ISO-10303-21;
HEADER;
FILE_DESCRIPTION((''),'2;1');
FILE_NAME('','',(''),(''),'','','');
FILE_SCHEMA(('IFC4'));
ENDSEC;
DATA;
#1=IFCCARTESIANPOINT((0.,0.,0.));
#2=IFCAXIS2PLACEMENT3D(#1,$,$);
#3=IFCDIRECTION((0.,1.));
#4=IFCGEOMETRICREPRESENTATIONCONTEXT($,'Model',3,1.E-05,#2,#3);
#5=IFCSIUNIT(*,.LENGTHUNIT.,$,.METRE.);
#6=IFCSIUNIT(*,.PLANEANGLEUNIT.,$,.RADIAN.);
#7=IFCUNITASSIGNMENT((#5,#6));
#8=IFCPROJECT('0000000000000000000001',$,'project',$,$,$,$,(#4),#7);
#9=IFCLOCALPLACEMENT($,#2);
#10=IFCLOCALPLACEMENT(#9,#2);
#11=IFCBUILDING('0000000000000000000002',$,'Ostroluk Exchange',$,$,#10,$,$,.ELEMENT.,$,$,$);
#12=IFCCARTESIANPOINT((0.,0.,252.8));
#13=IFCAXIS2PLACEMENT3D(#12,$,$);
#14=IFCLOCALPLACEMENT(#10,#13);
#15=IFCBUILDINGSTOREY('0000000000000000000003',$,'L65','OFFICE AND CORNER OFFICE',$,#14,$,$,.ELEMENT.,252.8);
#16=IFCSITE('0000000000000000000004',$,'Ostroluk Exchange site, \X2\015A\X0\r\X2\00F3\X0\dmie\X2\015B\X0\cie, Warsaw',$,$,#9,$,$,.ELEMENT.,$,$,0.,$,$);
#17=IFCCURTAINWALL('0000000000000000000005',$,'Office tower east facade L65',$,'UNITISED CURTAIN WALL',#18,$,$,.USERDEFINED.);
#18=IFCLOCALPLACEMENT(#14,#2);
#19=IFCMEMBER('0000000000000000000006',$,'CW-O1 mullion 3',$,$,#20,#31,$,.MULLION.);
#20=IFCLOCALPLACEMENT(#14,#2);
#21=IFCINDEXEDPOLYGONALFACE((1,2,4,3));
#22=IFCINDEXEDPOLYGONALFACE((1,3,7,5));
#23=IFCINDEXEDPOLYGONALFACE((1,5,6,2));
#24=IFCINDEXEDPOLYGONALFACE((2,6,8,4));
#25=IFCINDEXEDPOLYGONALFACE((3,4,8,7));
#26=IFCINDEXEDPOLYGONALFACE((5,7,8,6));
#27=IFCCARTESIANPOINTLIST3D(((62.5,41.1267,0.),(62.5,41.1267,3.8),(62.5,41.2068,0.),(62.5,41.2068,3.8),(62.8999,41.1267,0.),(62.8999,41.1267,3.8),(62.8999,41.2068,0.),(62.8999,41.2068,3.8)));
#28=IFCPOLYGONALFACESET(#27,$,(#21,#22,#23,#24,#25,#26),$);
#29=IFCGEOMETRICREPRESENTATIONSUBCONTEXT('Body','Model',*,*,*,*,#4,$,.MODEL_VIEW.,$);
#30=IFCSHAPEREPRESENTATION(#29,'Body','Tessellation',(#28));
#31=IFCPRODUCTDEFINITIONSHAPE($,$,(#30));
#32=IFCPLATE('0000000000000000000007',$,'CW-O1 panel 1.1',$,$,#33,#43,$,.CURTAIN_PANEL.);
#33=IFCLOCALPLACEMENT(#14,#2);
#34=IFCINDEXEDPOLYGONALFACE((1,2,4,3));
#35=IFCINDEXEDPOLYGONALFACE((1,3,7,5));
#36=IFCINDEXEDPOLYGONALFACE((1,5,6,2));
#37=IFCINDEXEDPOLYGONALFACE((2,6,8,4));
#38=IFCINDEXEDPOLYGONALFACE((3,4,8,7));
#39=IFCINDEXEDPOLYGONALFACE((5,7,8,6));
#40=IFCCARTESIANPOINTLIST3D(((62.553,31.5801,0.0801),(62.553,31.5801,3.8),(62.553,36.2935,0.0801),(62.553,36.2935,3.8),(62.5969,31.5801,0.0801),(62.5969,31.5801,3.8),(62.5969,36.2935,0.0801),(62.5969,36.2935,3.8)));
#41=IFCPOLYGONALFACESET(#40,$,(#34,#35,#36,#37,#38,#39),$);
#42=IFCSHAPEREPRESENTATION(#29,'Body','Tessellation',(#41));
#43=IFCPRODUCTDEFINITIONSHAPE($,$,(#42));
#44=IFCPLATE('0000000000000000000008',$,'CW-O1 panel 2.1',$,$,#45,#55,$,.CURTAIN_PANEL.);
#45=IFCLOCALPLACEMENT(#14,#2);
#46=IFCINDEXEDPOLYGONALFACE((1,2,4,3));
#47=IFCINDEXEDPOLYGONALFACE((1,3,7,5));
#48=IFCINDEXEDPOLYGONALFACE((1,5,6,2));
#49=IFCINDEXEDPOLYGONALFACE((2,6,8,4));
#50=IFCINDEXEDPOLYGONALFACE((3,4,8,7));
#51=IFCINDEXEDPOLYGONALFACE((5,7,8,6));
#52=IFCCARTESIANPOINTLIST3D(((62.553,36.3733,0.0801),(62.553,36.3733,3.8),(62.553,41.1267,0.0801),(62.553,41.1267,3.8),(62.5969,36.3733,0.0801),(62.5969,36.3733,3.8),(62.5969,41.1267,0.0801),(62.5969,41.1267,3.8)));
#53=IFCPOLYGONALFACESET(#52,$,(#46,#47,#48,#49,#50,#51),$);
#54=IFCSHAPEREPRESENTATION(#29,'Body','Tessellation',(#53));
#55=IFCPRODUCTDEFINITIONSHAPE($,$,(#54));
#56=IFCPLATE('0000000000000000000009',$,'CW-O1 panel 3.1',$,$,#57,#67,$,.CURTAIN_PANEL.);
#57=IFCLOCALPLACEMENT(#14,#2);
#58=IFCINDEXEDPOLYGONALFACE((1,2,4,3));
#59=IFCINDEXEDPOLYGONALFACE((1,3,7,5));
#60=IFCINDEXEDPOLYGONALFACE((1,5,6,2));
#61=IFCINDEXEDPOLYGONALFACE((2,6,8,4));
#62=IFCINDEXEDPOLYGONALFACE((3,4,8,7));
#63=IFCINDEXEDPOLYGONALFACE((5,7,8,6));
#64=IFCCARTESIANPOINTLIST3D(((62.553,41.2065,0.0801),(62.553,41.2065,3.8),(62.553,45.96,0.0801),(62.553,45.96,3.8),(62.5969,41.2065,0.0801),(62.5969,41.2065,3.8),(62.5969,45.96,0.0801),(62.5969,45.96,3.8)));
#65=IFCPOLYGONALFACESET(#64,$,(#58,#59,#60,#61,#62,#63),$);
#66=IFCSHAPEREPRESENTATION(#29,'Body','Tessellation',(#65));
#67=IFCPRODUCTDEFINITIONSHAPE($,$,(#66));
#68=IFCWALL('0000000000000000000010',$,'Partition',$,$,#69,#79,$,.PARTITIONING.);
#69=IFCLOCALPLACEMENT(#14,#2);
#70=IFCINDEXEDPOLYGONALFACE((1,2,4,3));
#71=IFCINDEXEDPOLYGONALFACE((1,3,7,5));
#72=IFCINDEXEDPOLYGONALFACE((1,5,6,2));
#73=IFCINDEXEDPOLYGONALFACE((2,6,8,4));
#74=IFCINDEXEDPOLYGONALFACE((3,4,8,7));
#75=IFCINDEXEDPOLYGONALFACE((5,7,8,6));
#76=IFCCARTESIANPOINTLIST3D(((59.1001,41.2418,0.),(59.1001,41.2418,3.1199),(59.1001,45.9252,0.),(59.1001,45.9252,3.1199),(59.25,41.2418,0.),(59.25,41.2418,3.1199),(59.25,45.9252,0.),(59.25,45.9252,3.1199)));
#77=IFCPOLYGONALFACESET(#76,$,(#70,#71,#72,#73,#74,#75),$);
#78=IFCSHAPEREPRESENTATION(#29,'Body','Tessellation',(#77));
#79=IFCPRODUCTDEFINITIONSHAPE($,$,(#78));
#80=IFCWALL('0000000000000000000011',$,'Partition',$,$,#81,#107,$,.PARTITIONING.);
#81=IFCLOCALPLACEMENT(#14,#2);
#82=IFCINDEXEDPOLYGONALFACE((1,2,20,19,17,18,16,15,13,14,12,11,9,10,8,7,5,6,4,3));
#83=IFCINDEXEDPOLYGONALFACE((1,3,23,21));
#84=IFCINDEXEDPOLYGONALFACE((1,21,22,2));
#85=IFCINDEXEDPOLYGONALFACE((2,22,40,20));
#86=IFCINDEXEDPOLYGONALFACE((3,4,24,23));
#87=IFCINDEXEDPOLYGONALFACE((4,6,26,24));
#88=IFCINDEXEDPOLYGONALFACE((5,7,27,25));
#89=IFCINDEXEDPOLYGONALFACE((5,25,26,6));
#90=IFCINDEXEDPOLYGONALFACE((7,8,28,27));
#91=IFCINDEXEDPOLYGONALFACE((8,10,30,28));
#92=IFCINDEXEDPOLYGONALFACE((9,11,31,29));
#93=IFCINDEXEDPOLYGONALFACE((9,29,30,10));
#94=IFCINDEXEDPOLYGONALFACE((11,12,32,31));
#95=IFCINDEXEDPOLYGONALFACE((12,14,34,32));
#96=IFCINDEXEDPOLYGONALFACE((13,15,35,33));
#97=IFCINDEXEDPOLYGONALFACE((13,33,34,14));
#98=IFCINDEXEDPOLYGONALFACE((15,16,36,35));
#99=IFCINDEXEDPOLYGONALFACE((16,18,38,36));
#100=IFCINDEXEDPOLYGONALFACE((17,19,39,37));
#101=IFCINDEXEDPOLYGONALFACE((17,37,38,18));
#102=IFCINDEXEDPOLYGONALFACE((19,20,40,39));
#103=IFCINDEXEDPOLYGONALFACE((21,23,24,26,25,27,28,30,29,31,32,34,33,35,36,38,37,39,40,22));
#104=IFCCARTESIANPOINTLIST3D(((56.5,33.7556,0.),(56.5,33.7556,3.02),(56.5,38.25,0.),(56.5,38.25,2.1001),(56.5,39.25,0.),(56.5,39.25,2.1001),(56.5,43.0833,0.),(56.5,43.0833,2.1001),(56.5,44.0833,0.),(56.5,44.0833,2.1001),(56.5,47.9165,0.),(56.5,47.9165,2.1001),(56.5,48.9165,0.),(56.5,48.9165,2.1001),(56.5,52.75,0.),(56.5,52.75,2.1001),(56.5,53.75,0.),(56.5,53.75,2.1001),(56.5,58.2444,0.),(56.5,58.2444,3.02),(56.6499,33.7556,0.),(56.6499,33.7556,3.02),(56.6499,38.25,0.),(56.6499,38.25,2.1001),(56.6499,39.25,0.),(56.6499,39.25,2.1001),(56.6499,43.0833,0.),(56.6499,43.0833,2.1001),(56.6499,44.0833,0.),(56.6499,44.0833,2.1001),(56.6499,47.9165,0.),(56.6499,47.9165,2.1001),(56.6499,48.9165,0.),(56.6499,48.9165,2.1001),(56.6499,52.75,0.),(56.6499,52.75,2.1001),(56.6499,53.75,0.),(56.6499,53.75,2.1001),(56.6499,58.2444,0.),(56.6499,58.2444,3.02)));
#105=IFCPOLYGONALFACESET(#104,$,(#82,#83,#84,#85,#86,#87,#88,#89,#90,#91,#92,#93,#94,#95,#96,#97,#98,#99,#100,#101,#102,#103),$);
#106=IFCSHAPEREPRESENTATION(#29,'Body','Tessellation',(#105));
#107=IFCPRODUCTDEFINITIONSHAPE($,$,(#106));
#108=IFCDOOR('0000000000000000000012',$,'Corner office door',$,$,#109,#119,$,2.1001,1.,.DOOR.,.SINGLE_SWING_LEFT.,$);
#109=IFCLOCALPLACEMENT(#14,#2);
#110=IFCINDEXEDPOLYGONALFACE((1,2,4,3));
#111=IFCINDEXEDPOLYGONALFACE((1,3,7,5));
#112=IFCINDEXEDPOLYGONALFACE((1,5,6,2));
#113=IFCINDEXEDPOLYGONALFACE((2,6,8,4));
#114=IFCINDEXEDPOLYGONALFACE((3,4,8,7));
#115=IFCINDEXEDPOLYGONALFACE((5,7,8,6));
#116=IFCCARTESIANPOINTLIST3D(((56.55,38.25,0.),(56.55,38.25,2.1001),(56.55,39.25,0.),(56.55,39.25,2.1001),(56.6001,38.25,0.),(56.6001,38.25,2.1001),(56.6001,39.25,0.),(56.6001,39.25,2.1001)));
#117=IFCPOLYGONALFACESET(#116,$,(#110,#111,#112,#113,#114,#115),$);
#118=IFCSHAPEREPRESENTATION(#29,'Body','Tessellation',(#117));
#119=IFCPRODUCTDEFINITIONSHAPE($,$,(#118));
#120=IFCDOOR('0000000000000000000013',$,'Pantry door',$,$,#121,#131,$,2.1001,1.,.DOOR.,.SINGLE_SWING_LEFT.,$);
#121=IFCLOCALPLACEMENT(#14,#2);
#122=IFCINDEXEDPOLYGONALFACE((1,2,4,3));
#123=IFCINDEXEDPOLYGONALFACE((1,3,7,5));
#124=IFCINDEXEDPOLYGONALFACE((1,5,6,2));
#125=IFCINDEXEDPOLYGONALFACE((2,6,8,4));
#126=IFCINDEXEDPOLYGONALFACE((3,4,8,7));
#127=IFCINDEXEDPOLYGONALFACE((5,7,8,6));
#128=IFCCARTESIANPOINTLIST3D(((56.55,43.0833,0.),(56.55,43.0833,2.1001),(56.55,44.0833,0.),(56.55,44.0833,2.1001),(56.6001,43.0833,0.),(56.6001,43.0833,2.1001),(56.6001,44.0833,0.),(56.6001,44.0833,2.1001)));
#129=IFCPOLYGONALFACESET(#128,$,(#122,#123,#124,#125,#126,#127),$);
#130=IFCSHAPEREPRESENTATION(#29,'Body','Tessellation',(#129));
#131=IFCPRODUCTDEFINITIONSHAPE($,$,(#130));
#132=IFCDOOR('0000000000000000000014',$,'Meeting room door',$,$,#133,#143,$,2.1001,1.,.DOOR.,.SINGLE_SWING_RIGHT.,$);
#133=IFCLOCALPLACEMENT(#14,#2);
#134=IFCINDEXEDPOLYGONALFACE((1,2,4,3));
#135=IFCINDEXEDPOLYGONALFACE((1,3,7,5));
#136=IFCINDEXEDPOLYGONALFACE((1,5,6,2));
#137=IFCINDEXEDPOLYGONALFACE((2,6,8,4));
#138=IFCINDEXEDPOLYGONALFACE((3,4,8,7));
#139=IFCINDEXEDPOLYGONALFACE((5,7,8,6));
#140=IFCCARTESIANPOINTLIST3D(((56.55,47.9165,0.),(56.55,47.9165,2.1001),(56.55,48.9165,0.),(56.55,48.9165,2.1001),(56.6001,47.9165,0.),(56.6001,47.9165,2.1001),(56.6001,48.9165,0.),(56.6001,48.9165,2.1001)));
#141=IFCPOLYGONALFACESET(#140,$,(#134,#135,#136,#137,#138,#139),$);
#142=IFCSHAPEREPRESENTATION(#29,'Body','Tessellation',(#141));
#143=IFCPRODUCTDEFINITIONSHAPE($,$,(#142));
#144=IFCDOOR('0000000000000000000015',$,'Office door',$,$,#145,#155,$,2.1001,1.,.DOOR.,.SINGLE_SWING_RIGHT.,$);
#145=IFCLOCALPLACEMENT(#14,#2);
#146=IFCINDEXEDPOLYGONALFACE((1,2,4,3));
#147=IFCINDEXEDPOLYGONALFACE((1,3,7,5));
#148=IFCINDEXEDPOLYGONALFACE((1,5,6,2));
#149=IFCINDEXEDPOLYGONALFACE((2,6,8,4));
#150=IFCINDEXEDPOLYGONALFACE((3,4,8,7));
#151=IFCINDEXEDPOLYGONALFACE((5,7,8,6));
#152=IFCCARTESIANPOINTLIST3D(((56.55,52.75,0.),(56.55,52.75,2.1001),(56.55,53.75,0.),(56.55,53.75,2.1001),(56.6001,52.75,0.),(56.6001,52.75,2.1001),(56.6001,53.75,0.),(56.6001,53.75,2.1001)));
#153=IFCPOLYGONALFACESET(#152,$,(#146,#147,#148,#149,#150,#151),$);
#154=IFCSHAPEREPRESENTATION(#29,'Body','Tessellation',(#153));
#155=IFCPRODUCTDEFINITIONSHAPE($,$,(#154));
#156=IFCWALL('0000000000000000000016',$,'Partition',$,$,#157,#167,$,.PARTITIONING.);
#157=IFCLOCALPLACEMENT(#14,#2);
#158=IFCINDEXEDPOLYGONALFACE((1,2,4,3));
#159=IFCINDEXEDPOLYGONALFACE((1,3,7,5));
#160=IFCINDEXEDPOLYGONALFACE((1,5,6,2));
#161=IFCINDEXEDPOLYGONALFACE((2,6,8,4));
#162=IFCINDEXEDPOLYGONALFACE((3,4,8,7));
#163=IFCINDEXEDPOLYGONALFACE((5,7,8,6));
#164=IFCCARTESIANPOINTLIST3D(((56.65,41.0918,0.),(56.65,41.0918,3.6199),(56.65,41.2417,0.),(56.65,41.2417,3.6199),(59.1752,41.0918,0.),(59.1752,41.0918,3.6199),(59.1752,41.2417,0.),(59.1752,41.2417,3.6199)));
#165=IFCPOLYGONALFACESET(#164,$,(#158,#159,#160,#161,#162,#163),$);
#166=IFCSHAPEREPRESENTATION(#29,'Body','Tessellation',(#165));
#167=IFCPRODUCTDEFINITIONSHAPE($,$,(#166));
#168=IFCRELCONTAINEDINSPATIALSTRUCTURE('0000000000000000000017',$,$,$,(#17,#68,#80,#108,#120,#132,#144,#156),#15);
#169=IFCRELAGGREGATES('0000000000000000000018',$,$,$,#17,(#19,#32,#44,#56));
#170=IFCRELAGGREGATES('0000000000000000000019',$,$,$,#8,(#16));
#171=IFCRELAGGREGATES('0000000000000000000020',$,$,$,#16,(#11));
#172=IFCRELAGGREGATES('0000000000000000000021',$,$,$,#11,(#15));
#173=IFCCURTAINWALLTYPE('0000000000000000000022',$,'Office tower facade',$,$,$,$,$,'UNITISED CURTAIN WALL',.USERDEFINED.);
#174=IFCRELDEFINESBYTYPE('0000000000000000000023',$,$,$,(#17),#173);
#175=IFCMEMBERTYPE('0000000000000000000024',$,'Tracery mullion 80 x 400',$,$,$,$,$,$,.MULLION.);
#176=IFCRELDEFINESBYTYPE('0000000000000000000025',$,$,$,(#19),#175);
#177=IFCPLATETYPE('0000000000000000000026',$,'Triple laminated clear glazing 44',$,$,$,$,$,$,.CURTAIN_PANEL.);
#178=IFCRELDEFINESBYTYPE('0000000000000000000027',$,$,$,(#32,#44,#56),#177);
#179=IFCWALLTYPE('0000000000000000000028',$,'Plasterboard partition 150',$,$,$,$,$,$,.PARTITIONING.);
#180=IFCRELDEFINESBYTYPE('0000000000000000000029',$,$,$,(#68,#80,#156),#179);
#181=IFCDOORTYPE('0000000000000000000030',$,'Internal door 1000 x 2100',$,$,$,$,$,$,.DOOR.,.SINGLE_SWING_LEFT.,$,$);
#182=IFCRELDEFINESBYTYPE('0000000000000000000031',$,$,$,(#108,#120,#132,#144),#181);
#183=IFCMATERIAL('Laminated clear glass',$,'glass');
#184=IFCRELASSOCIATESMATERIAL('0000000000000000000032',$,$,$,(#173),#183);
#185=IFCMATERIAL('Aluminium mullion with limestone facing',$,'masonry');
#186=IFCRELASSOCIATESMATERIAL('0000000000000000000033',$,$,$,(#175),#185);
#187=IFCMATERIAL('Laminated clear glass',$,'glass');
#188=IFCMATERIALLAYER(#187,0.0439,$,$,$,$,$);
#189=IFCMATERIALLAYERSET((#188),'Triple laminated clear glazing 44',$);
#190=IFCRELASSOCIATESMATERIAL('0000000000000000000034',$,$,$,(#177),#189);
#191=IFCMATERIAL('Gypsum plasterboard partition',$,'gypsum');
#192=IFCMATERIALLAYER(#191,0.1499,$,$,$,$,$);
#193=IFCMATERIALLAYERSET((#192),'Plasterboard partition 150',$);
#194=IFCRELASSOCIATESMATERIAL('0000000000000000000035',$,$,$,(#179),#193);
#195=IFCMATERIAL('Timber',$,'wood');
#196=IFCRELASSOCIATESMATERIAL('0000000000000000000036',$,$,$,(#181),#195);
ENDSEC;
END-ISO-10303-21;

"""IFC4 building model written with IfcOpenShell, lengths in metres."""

from ifc_helpers import new_model, si_unit, direction, frame, frame_2d, origin, origin_2d, place, context, subcontext, project, spatial, rectangle, extrude, material, layer, layer_set, material_profile, profile_set, type_object, element, fill, aggregate, save


model = new_model("IFC4")

# Units and contexts
model_context = context("Model", 3, precision=1e-05, world=origin(), true_north=direction((0.0, 1.0)))
body_context = subcontext(model_context, "Body", "Model", "MODEL_VIEW")
ifc_project = project(units=[si_unit("LENGTHUNIT", "METRE"), si_unit("PLANEANGLEUNIT", "RADIAN")], contexts=[model_context])

# Site, building, storey
site_placement = place(None, origin())
site = spatial("IfcSite", under=ifc_project, at=site_placement, Name="Ostroluk Exchange site, Śródmieście, Warsaw", CompositionType="ELEMENT", RefElevation=0.0)
building_placement = place(site_placement, origin())
building = spatial("IfcBuilding", under=site, at=building_placement, Name="Ostroluk Exchange", CompositionType="ELEMENT")
storey_placement = place(building_placement, frame((0.0, 0.0, 252.8)))
storey = spatial("IfcBuildingStorey", under=building, at=storey_placement, Name="L65", Description="OFFICE AND CORNER OFFICE", CompositionType="ELEMENT", Elevation=252.8)

# Curtain wall, member, plates
ifc_material_1 = material(Name="Laminated clear glass", Category="glass")
curtain_wall_type = type_object("IfcCurtainWallType", Name="Office tower facade", ElementType="UNITISED CURTAIN WALL", PredefinedType="USERDEFINED", material=ifc_material_1)
curtain_wall_placement = place(storey_placement, origin())
curtain_wall = element("IfcCurtainWall", 1, at=curtain_wall_placement, inside=storey, type_object=curtain_wall_type, Name="Office tower east facade L65", ObjectType="UNITISED CURTAIN WALL", PredefinedType="USERDEFINED")
ifc_material_2 = material(Name="Aluminium mullion with limestone facing", Category="masonry")
ifc_material_profile_1 = material_profile(ifc_material_2, rectangle(XDim=0.3999, YDim=0.0801, at=origin_2d()), Name="Tracery mullion 80 x 400")
ifc_profile_set_1 = profile_set([ifc_material_profile_1], Name="Aluminium mullion with limestone facing")
member_type_1 = type_object("IfcMemberType", Name="Tracery mullion 80 x 400", PredefinedType="MULLION", material=ifc_profile_set_1)
member_1_placement = place(storey_placement, frame((62.7, 41.1667, 0.0), z_axis=(0.0, 0.0, 1.0), x_axis=(-1.0, 0.0, 0.0)))
member_1 = element("IfcMember", 2, at=member_1_placement, type_object=member_type_1, Name="CW-O1 mullion 3", PredefinedType="MULLION", context=body_context, shape_type="SweptSolid", body=[
    extrude(rectangle(XDim=0.3999, YDim=0.0801, at=origin_2d()), origin(), (0.0, 0.0, 1.0), 3.8),
])
ifc_material_3 = material(Name="Laminated clear glass", Category="glass")
ifc_layer_1 = layer(ifc_material_3, 0.0439)
ifc_layer_set_1 = layer_set([ifc_layer_1], Name="Triple laminated clear glazing 44")
plate_type = type_object("IfcPlateType", Name="Triple laminated clear glazing 44", PredefinedType="CURTAIN_PANEL", material=ifc_layer_set_1)
plate_1_placement = place(storey_placement, frame((62.575, 33.9368, 0.0801), z_axis=(0.0, 0.0, 1.0), x_axis=(0.0, 1.0, 0.0)))
plate_1 = element("IfcPlate", 3, at=plate_1_placement, type_object=plate_type, Name="CW-O1 panel 1.1", PredefinedType="CURTAIN_PANEL", context=body_context, shape_type="SweptSolid", body=[
    extrude(rectangle(XDim=4.7134, YDim=0.0439, at=origin_2d()), origin(), (0.0, 0.0, 1.0), 3.72),
])
plate_2_placement = place(storey_placement, frame((62.575, 38.75, 0.0801), z_axis=(0.0, 0.0, 1.0), x_axis=(0.0, 1.0, 0.0)))
plate_2 = element("IfcPlate", 4, at=plate_2_placement, type_object=plate_type, Name="CW-O1 panel 2.1", PredefinedType="CURTAIN_PANEL", context=body_context, shape_type="SweptSolid", body=[
    extrude(rectangle(XDim=4.7534, YDim=0.0439, at=origin_2d()), origin(), (0.0, 0.0, 1.0), 3.72),
])
plate_3_placement = place(storey_placement, frame((62.575, 43.5833, 0.0801), z_axis=(0.0, 0.0, 1.0), x_axis=(0.0, 1.0, 0.0)))
plate_3 = element("IfcPlate", 5, at=plate_3_placement, type_object=plate_type, Name="CW-O1 panel 3.1", PredefinedType="CURTAIN_PANEL", context=body_context, shape_type="SweptSolid", body=[
    extrude(rectangle(XDim=4.7534, YDim=0.0439, at=origin_2d()), origin(), (0.0, 0.0, 1.0), 3.72),
])
aggregate(curtain_wall, [member_1, plate_1, plate_2, plate_3])

# Wall
ifc_material_4 = material(Name="Gypsum plasterboard partition", Category="gypsum")
ifc_layer_2 = layer(ifc_material_4, 0.1499)
ifc_layer_set_2 = layer_set([ifc_layer_2], Name="Plasterboard partition 150")
wall_type = type_object("IfcWallType", Name="Plasterboard partition 150", PredefinedType="PARTITIONING", material=ifc_layer_set_2)
wall_1_placement = place(storey_placement, frame((59.175, 41.2417, 0.0), z_axis=(0.0, 0.0, 1.0), x_axis=(0.0, 1.0, 0.0)))
element("IfcWall", 6, at=wall_1_placement, inside=storey, type_object=wall_type, Name="Partition", PredefinedType="PARTITIONING", context=body_context, shape_type="SweptSolid", body=[
    extrude(rectangle(XDim=4.6833, YDim=0.1499, at=frame_2d((2.3418, 0.0))), origin(), (0.0, 0.0, 1.0), 3.1199),
])

# Wall, openings, doors
wall_2_placement = place(storey_placement, frame((56.575, 33.7556, 0.0), z_axis=(0.0, 0.0, 1.0), x_axis=(0.0, 1.0, 0.0)))
wall_2 = element("IfcWall", 7, at=wall_2_placement, inside=storey, type_object=wall_type, Name="Partition", PredefinedType="PARTITIONING", context=body_context, shape_type="SweptSolid", body=[
    extrude(rectangle(XDim=24.4888, YDim=0.1499, at=frame_2d((12.2444, 0.0))), origin(), (0.0, 0.0, 1.0), 3.02),
])
opening_1_placement = place(wall_2_placement, frame((4.4944, 0.0, 0.0)))
opening_1 = element("IfcOpeningElement", 8, at=opening_1_placement, cuts=wall_2, PredefinedType="OPENING", context=body_context, shape_type="SweptSolid", body=[
    extrude(rectangle(XDim=1.0, YDim=2.1001, at=frame_2d((0.5, 1.05))), frame((0.0, 0.085, 0.0), z_axis=(0.0, -1.0, 0.0), x_axis=(1.0, 0.0, 0.0)), (0.0, 0.0, 1.0), 0.1699),
])
opening_2_placement = place(wall_2_placement, frame((9.3276, 0.0, 0.0)))
opening_2 = element("IfcOpeningElement", 9, at=opening_2_placement, cuts=wall_2, PredefinedType="OPENING", context=body_context, shape_type="SweptSolid", body=[
    extrude(rectangle(XDim=1.0, YDim=2.1001, at=frame_2d((0.5, 1.05))), frame((0.0, 0.085, 0.0), z_axis=(0.0, -1.0, 0.0), x_axis=(1.0, 0.0, 0.0)), (0.0, 0.0, 1.0), 0.1699),
])
opening_3_placement = place(wall_2_placement, frame((14.1609, 0.0, 0.0)))
opening_3 = element("IfcOpeningElement", 10, at=opening_3_placement, cuts=wall_2, PredefinedType="OPENING", context=body_context, shape_type="SweptSolid", body=[
    extrude(rectangle(XDim=1.0, YDim=2.1001, at=frame_2d((0.5, 1.05))), frame((0.0, 0.085, 0.0), z_axis=(0.0, -1.0, 0.0), x_axis=(1.0, 0.0, 0.0)), (0.0, 0.0, 1.0), 0.1699),
])
opening_4_placement = place(wall_2_placement, frame((18.9944, 0.0, 0.0)))
opening_4 = element("IfcOpeningElement", 11, at=opening_4_placement, cuts=wall_2, PredefinedType="OPENING", context=body_context, shape_type="SweptSolid", body=[
    extrude(rectangle(XDim=1.0, YDim=2.1001, at=frame_2d((0.5, 1.05))), frame((0.0, 0.085, 0.0), z_axis=(0.0, -1.0, 0.0), x_axis=(1.0, 0.0, 0.0)), (0.0, 0.0, 1.0), 0.1699),
])
ifc_material_5 = material(Name="Timber", Category="wood")
door_type = type_object("IfcDoorType", Name="Internal door 1000 x 2100", OperationType="SINGLE_SWING_LEFT", PredefinedType="DOOR", material=ifc_material_5)
door_1_placement = place(opening_1_placement, origin())
door_1 = element("IfcDoor", 12, at=door_1_placement, inside=storey, type_object=door_type, Name="Corner office door", OperationType="SINGLE_SWING_LEFT", OverallHeight=2.1001, OverallWidth=1.0, PredefinedType="DOOR", context=body_context, shape_type="SweptSolid", body=[
    extrude(rectangle(XDim=1.0, YDim=2.1001, at=frame_2d((0.5, 1.05))), frame((0.0, 0.0249, 0.0), z_axis=(0.0, -1.0, 0.0), x_axis=(1.0, 0.0, 0.0)), (0.0, 0.0, 1.0), 0.05),
])
fill(opening_1, door_1)
door_2_placement = place(opening_2_placement, origin())
door_2 = element("IfcDoor", 13, at=door_2_placement, inside=storey, type_object=door_type, Name="Pantry door", OperationType="SINGLE_SWING_LEFT", OverallHeight=2.1001, OverallWidth=1.0, PredefinedType="DOOR", context=body_context, shape_type="SweptSolid", body=[
    extrude(rectangle(XDim=1.0, YDim=2.1001, at=frame_2d((0.5, 1.05))), frame((0.0, 0.0249, 0.0), z_axis=(0.0, -1.0, 0.0), x_axis=(1.0, 0.0, 0.0)), (0.0, 0.0, 1.0), 0.05),
])
fill(opening_2, door_2)
door_3_placement = place(opening_3_placement, origin())
door_3 = element("IfcDoor", 14, at=door_3_placement, inside=storey, type_object=door_type, Name="Meeting room door", OperationType="SINGLE_SWING_RIGHT", OverallHeight=2.1001, OverallWidth=1.0, PredefinedType="DOOR", context=body_context, shape_type="SweptSolid", body=[
    extrude(rectangle(XDim=1.0, YDim=2.1001, at=frame_2d((0.5, 1.05))), frame((0.0, 0.0249, 0.0), z_axis=(0.0, -1.0, 0.0), x_axis=(1.0, 0.0, 0.0)), (0.0, 0.0, 1.0), 0.05),
])
fill(opening_3, door_3)
door_4_placement = place(opening_4_placement, origin())
door_4 = element("IfcDoor", 15, at=door_4_placement, inside=storey, type_object=door_type, Name="Office door", OperationType="SINGLE_SWING_RIGHT", OverallHeight=2.1001, OverallWidth=1.0, PredefinedType="DOOR", context=body_context, shape_type="SweptSolid", body=[
    extrude(rectangle(XDim=1.0, YDim=2.1001, at=frame_2d((0.5, 1.05))), frame((0.0, 0.0249, 0.0), z_axis=(0.0, -1.0, 0.0), x_axis=(1.0, 0.0, 0.0)), (0.0, 0.0, 1.0), 0.05),
])
fill(opening_4, door_4)

# Wall
wall_3_placement = place(storey_placement, frame((56.6499, 41.1667, 0.0), z_axis=(0.0, 0.0, 1.0), x_axis=(1.0, 0.0, 0.0)))
element("IfcWall", 16, at=wall_3_placement, inside=storey, type_object=wall_type, Name="Partition", PredefinedType="PARTITIONING", context=body_context, shape_type="SweptSolid", body=[
    extrude(rectangle(XDim=2.5251, YDim=0.1499, at=frame_2d((1.2627, 0.0))), origin(), (0.0, 0.0, 1.0), 3.6199),
])

save(model, "model.ifc")
